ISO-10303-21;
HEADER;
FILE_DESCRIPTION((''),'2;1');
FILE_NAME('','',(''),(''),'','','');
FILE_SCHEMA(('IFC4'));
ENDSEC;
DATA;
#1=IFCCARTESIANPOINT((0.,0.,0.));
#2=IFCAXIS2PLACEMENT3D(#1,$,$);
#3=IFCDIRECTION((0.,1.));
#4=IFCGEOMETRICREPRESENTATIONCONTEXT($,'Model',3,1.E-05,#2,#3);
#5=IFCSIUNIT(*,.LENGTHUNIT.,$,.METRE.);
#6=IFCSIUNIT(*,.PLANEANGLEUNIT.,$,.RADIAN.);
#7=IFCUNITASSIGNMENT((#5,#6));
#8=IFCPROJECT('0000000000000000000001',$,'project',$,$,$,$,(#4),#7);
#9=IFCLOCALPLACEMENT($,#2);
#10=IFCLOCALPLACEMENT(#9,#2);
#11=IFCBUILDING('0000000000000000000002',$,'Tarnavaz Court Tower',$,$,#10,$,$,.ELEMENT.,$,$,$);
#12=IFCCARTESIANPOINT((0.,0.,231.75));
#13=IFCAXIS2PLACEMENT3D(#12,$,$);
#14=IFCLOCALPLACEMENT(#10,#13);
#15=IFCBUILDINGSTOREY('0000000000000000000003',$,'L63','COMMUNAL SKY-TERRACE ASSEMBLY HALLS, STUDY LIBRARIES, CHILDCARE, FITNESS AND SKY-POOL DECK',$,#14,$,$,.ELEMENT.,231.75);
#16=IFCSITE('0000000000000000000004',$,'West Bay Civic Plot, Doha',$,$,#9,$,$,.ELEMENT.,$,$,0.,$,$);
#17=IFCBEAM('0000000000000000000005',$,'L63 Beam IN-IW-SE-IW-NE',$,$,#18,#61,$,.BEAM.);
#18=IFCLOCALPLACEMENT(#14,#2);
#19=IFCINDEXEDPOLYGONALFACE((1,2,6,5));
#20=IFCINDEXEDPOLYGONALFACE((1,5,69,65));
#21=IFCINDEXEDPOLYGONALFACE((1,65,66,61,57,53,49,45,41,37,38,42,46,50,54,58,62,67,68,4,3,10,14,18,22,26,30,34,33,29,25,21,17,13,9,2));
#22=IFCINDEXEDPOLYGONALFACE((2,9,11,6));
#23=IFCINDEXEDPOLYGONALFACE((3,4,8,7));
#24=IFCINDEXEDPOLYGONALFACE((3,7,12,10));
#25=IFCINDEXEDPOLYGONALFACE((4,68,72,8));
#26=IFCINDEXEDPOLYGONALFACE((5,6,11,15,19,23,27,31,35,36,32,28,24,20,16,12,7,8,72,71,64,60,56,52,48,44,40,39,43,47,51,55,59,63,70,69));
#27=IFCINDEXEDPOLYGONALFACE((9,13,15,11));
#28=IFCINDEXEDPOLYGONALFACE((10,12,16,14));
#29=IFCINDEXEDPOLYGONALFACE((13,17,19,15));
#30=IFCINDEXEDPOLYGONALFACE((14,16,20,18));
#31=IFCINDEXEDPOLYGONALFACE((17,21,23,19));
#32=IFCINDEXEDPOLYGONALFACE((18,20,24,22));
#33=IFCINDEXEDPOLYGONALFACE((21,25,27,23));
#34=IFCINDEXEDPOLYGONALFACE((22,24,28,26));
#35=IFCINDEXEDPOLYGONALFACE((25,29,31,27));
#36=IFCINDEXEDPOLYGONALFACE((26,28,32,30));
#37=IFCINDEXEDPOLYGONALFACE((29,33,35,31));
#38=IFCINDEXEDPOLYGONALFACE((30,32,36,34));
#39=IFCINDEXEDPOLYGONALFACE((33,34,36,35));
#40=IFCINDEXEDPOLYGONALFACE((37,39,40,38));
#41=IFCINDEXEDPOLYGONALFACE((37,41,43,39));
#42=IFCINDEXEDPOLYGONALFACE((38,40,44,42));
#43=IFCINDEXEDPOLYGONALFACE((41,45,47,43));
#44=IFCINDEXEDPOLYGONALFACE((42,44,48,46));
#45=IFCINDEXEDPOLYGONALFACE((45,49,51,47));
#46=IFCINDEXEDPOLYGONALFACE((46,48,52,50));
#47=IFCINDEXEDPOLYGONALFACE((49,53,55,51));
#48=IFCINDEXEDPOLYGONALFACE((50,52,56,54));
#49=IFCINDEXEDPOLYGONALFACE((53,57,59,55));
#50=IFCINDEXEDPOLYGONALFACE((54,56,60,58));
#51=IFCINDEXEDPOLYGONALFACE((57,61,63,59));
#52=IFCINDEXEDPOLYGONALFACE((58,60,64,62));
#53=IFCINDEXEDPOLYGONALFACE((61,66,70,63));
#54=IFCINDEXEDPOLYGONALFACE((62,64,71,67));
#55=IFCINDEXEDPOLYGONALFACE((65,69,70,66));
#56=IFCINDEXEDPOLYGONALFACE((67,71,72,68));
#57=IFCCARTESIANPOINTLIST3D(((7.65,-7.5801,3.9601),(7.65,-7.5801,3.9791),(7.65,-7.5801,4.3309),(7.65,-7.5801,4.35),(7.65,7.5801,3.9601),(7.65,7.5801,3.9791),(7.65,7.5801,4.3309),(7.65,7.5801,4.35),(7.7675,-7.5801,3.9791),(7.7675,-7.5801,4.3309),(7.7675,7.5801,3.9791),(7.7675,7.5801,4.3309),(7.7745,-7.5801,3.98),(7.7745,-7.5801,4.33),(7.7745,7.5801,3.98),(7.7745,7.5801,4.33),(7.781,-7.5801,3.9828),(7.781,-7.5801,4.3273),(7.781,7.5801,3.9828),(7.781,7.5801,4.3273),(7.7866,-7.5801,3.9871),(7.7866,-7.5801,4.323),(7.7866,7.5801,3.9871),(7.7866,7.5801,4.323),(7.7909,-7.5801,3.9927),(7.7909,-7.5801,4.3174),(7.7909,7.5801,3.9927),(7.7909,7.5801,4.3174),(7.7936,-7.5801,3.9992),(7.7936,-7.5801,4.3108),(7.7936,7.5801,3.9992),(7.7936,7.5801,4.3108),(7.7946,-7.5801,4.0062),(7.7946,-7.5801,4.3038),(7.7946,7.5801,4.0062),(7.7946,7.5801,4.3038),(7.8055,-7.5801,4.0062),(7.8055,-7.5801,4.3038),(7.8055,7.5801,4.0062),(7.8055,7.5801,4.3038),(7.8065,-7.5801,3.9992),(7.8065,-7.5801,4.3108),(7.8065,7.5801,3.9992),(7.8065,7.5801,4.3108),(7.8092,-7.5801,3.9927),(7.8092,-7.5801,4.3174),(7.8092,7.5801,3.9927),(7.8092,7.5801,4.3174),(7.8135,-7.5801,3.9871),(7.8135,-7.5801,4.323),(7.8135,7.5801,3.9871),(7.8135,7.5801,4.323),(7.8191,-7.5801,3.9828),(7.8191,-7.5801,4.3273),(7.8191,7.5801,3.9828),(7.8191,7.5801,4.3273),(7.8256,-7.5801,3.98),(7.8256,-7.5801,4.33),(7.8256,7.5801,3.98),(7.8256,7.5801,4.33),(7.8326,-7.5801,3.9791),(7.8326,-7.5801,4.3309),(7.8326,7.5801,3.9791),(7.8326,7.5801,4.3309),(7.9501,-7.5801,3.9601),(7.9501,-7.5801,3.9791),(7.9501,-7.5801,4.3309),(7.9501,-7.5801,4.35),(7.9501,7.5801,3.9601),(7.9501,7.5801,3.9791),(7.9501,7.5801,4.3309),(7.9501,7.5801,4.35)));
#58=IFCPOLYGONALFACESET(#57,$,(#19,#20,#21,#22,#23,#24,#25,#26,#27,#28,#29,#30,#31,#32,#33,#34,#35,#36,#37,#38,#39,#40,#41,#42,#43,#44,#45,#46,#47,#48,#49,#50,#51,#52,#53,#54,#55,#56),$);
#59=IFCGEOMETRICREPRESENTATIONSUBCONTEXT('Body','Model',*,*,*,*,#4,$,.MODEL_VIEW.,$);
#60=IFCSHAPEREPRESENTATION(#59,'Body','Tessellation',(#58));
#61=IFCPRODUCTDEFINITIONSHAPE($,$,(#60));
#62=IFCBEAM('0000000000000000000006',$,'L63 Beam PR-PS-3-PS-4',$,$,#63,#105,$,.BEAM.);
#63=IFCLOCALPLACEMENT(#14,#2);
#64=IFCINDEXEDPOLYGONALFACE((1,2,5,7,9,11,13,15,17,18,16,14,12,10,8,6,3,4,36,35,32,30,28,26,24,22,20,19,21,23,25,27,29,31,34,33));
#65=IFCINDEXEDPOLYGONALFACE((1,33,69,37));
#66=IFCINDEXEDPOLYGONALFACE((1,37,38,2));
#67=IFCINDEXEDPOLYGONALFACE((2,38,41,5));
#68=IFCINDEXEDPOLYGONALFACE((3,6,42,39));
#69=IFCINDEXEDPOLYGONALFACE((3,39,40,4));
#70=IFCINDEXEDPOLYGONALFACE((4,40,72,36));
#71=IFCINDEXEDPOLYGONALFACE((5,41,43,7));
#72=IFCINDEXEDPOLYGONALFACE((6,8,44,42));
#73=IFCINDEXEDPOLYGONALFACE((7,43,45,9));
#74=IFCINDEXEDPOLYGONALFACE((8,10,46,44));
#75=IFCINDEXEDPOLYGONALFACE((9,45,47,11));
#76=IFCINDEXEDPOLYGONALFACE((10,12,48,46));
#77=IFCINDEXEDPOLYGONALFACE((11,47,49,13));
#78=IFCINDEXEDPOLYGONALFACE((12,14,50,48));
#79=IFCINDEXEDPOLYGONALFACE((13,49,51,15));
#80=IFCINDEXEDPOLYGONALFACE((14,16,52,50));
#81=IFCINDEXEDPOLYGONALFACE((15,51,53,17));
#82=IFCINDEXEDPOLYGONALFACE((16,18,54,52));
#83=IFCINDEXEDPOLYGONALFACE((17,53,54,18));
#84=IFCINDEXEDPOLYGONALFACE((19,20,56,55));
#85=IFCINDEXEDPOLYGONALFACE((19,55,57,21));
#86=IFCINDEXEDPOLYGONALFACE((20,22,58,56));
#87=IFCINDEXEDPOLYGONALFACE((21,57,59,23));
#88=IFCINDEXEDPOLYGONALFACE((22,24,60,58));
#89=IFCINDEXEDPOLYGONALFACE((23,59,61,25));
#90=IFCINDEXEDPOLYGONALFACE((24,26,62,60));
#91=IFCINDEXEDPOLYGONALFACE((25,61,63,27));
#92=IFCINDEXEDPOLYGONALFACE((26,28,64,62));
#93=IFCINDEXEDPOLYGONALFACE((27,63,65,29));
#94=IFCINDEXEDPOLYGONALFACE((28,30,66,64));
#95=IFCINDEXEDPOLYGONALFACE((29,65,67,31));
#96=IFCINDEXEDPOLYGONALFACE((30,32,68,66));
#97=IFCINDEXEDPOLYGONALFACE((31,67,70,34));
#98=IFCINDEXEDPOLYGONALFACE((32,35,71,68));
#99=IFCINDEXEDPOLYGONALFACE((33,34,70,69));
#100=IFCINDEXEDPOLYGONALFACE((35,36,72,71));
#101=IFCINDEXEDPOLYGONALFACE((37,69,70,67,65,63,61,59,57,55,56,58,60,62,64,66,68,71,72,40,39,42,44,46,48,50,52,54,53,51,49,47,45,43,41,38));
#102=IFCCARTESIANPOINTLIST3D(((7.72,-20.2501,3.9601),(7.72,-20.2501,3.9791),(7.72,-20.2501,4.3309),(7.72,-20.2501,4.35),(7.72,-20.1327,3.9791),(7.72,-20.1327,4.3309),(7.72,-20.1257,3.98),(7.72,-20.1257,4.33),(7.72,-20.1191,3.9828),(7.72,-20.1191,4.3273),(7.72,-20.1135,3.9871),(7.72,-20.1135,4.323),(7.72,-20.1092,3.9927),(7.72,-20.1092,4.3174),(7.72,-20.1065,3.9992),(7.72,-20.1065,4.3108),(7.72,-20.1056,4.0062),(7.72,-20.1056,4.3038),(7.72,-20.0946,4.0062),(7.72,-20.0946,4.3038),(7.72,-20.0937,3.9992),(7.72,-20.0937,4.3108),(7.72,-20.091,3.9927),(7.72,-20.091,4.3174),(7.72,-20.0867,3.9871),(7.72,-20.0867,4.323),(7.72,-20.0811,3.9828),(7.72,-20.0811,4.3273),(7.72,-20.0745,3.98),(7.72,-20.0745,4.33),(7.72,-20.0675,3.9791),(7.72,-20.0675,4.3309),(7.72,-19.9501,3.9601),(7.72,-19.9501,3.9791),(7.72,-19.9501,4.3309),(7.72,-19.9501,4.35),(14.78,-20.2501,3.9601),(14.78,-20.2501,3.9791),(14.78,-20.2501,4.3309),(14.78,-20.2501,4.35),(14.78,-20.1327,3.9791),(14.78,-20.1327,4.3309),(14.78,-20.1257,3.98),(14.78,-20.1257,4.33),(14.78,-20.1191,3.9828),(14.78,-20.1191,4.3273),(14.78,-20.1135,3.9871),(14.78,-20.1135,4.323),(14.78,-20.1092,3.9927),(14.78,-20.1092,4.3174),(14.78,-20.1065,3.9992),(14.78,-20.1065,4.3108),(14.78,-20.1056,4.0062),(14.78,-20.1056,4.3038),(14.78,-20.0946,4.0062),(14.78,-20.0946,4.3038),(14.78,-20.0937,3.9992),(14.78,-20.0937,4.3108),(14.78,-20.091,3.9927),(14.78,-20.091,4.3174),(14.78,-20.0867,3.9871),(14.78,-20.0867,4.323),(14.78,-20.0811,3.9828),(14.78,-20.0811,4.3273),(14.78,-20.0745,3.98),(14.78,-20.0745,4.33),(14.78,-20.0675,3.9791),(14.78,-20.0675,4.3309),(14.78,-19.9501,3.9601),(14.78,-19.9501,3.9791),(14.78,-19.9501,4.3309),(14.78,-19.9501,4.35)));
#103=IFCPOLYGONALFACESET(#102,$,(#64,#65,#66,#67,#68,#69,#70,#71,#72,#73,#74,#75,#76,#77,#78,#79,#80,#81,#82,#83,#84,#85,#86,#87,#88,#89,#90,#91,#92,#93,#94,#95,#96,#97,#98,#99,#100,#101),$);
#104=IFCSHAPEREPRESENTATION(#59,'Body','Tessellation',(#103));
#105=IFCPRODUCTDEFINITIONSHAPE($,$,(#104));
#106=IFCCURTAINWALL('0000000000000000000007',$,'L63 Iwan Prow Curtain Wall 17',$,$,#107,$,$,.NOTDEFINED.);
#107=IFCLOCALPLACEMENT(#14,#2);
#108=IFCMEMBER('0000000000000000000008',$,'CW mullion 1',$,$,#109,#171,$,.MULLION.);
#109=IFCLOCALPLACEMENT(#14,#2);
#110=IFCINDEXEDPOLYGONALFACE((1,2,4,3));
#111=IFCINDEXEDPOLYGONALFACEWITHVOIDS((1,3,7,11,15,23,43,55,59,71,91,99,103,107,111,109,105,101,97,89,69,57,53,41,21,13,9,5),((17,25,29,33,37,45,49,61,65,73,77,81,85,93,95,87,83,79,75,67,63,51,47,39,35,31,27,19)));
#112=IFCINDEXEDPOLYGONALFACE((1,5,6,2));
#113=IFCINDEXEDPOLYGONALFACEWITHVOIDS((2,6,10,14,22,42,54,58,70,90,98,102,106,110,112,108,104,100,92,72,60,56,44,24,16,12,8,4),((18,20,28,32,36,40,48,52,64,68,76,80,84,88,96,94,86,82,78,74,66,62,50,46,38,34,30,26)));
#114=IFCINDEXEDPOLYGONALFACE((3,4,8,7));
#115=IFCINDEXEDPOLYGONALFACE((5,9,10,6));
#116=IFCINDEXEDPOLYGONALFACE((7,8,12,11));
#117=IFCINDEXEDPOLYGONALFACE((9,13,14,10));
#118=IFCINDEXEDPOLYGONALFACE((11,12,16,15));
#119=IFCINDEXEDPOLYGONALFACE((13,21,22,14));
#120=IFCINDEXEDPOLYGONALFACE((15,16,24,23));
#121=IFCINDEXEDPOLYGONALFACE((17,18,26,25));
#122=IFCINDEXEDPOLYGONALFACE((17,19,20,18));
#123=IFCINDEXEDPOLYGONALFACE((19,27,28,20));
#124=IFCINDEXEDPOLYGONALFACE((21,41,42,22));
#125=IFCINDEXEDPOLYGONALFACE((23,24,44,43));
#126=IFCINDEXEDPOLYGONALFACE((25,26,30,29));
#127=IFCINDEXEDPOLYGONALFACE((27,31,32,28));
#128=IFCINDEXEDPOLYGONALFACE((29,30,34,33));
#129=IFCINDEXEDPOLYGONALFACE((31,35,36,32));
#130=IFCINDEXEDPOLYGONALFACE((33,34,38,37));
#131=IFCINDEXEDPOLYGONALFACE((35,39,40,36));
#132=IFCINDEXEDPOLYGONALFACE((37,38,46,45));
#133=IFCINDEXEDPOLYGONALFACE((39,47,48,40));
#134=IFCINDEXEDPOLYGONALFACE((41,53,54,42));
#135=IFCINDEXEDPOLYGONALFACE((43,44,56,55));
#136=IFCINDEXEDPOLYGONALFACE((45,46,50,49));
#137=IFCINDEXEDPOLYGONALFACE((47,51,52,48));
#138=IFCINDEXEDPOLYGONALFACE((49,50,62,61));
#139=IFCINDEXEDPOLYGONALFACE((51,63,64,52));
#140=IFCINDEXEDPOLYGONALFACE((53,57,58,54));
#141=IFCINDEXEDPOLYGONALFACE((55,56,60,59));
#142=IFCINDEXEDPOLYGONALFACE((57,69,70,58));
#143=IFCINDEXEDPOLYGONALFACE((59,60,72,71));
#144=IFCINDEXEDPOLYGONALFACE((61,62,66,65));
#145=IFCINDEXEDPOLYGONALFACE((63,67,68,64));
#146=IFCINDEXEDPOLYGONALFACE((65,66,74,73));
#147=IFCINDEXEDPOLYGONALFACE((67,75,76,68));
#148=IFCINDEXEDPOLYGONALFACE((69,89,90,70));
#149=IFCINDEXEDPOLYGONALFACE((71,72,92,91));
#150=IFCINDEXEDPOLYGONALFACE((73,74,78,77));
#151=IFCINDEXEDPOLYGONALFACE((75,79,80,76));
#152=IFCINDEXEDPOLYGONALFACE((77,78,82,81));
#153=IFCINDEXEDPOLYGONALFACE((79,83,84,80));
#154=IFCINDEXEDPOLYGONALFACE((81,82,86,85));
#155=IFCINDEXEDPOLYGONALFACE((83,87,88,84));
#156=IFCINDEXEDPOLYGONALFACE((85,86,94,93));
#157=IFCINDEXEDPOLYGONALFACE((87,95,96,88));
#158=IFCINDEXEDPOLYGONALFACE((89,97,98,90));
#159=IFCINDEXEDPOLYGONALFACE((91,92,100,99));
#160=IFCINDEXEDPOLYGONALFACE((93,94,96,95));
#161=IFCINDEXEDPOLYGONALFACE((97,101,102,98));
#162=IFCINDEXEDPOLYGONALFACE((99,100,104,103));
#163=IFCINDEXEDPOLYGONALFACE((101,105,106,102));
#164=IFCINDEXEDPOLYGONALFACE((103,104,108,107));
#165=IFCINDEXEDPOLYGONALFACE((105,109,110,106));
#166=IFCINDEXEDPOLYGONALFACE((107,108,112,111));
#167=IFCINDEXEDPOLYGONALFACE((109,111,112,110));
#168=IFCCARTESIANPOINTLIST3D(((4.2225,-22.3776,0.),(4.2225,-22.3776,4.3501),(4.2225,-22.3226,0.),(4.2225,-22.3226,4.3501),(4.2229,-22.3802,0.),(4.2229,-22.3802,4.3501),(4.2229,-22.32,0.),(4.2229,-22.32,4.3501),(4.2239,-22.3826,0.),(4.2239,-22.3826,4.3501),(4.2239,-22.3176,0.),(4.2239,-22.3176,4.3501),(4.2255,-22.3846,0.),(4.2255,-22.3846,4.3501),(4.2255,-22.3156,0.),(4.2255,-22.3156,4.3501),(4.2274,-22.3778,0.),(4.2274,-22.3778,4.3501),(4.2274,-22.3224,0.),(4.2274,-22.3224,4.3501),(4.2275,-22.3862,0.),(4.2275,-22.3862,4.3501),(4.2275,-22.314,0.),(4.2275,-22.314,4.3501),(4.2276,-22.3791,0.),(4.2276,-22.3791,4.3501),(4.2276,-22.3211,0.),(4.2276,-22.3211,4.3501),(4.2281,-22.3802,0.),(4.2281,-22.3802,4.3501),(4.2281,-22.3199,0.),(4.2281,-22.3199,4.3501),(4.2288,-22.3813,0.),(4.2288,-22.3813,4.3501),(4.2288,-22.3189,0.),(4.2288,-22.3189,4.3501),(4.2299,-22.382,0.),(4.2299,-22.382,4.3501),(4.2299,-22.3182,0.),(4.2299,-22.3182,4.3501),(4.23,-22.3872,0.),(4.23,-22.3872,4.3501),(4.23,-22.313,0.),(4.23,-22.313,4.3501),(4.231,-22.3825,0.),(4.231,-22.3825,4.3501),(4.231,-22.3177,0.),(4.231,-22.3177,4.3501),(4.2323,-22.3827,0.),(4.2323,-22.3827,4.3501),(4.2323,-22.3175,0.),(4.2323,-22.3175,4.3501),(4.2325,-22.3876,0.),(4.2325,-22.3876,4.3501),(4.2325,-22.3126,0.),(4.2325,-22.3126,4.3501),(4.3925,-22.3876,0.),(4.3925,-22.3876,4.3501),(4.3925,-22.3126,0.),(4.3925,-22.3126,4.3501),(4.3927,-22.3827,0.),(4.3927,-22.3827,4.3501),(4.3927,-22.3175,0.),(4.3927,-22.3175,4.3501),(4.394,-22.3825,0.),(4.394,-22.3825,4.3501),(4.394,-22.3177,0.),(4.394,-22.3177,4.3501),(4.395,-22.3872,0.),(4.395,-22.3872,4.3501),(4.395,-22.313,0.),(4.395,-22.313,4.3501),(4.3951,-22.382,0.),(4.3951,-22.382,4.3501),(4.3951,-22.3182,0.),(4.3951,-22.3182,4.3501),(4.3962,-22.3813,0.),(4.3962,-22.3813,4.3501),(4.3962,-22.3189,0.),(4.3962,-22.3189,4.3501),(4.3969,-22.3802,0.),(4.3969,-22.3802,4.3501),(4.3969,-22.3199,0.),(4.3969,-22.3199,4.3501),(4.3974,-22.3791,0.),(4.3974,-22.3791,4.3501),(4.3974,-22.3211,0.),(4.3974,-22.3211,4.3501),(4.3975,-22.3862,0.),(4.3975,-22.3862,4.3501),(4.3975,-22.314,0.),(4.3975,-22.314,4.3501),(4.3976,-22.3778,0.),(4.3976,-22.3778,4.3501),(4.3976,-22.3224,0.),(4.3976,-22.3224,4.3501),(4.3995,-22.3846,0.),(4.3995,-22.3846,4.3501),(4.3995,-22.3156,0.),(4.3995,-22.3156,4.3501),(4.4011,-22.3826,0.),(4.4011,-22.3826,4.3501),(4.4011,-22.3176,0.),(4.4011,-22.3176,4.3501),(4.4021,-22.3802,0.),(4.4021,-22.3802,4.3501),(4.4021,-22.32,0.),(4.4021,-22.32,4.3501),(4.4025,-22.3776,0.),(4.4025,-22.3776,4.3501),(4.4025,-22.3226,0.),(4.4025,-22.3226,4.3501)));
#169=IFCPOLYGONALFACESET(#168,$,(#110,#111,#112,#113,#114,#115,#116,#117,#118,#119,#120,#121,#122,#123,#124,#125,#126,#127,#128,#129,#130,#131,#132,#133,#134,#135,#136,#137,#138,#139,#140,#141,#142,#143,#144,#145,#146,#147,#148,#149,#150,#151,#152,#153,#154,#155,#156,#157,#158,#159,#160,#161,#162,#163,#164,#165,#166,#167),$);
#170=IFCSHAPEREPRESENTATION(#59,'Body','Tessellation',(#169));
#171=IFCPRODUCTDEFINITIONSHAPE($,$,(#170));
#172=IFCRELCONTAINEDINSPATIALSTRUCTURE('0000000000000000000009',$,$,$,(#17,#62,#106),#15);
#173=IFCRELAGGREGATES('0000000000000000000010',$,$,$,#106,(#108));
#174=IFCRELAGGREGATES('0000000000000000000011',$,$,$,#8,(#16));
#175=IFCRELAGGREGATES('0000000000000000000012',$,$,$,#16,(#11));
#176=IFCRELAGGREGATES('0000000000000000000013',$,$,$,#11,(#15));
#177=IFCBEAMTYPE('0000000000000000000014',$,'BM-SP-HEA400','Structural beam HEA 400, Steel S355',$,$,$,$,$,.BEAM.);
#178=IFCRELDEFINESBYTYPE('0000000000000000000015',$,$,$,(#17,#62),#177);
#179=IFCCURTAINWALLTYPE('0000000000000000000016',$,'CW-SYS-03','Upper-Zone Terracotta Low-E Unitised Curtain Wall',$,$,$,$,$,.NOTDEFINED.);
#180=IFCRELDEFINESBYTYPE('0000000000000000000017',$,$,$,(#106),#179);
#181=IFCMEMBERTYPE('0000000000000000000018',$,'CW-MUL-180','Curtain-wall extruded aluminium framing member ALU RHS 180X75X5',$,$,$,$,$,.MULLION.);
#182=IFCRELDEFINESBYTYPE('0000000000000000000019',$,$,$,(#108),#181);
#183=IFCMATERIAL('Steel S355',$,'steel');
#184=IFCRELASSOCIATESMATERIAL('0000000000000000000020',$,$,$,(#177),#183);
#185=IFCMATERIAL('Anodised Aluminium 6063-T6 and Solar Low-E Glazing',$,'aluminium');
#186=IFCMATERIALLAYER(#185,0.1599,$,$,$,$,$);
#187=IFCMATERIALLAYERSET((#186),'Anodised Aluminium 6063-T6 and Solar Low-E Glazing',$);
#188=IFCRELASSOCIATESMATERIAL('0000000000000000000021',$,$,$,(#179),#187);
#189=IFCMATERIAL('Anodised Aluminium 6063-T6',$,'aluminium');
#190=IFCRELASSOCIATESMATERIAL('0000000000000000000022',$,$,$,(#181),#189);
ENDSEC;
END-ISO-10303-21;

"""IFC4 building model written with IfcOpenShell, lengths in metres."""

from ifc_helpers import new_model, si_unit, direction, frame, origin, origin_2d, place, context, subcontext, project, spatial, hollow_rectangle, i_section, extrude, material, layer, layer_set, material_profile, profile_set, type_object, element, aggregate, save


model = new_model("IFC4")

# Units and contexts
model_context = context("Model", 3, precision=1e-05, world=origin(), true_north=direction((0.0, 1.0)))
body_context = subcontext(model_context, "Body", "Model", "MODEL_VIEW")
ifc_project = project(units=[si_unit("LENGTHUNIT", "METRE"), si_unit("PLANEANGLEUNIT", "RADIAN")], contexts=[model_context])

# Site, building, storey
site_placement = place(None, origin())
site = spatial("IfcSite", under=ifc_project, at=site_placement, Name="West Bay Civic Plot, Doha", CompositionType="ELEMENT", RefElevation=0.0)
building_placement = place(site_placement, origin())
building = spatial("IfcBuilding", under=site, at=building_placement, Name="Tarnavaz Court Tower", CompositionType="ELEMENT")
storey_placement = place(building_placement, frame((0.0, 0.0, 231.75)))
storey = spatial("IfcBuildingStorey", under=building, at=storey_placement, Name="L63", Description="COMMUNAL SKY-TERRACE ASSEMBLY HALLS, STUDY LIBRARIES, CHILDCARE, FITNESS AND SKY-POOL DECK", CompositionType="ELEMENT", Elevation=231.75)

# Beams
ifc_material_1 = material(Name="Steel S355", Category="steel")
ifc_material_profile_1 = material_profile(ifc_material_1, i_section(OverallWidth=0.3, OverallDepth=0.3899, WebThickness=0.011, FlangeThickness=0.019, FilletRadius=0.0271, at=origin_2d()), Name="HEA 400")
ifc_profile_set_1 = profile_set([ifc_material_profile_1], Name="Steel S355")
beam_type_1 = type_object("IfcBeamType", Name="BM-SP-HEA400", Description="Structural beam HEA 400, Steel S355", PredefinedType="BEAM", material=ifc_profile_set_1)
beam_1_placement = place(storey_placement, frame((7.8, -7.5801, 4.155), z_axis=(0.0, 1.0, 0.0), x_axis=(-1.0, 0.0, 0.0)))
element("IfcBeam", 1, at=beam_1_placement, inside=storey, type_object=beam_type_1, Name="L63 Beam IN-IW-SE-IW-NE", PredefinedType="BEAM", context=body_context, shape_type="SweptSolid", body=[
    extrude(i_section(OverallWidth=0.3, OverallDepth=0.3899, WebThickness=0.011, FlangeThickness=0.019, FilletRadius=0.0271, at=origin_2d()), origin(), (0.0, 0.0, 1.0), 15.1602),
])
beam_2_placement = place(storey_placement, frame((7.72, -20.1001, 4.155), z_axis=(1.0, 0.0, 0.0), x_axis=(0.0, 1.0, 0.0)))
element("IfcBeam", 2, at=beam_2_placement, inside=storey, type_object=beam_type_1, Name="L63 Beam PR-PS-3-PS-4", PredefinedType="BEAM", context=body_context, shape_type="SweptSolid", body=[
    extrude(i_section(OverallWidth=0.3, OverallDepth=0.3899, WebThickness=0.011, FlangeThickness=0.019, FilletRadius=0.0271, at=origin_2d()), origin(), (0.0, 0.0, 1.0), 7.0601),
])

# Curtain wall, member
ifc_material_2 = material(Name="Anodised Aluminium 6063-T6 and Solar Low-E Glazing", Category="aluminium")
ifc_layer_1 = layer(ifc_material_2, 0.1599)
ifc_layer_set_1 = layer_set([ifc_layer_1], Name="Anodised Aluminium 6063-T6 and Solar Low-E Glazing")
curtain_wall_type_1 = type_object("IfcCurtainWallType", Name="CW-SYS-03", Description="Upper-Zone Terracotta Low-E Unitised Curtain Wall", PredefinedType="NOTDEFINED", material=ifc_layer_set_1)
curtain_wall_1_placement = place(storey_placement, origin())
curtain_wall_1 = element("IfcCurtainWall", 3, at=curtain_wall_1_placement, inside=storey, type_object=curtain_wall_type_1, Name="L63 Iwan Prow Curtain Wall 17", PredefinedType="NOTDEFINED")
ifc_material_3 = material(Name="Anodised Aluminium 6063-T6", Category="aluminium")
ifc_material_profile_2 = material_profile(ifc_material_3, hollow_rectangle(XDim=0.075, YDim=0.1799, WallThickness=0.0049, InnerFilletRadius=0.0049, OuterFilletRadius=0.01, at=origin_2d()), Name="ALU RHS 180X75X5")
ifc_profile_set_2 = profile_set([ifc_material_profile_2], Name="Anodised Aluminium 6063-T6")
member_type_1 = type_object("IfcMemberType", Name="CW-MUL-180", Description="Curtain-wall extruded aluminium framing member ALU RHS 180X75X5", PredefinedType="MULLION", material=ifc_profile_set_2)
member_1_placement = place(storey_placement, frame((4.3125, -22.3501, 0.0), z_axis=(0.0, 0.0, 1.0), x_axis=(0.0, -1.0, 0.0)))
member_1 = element("IfcMember", 4, at=member_1_placement, type_object=member_type_1, Name="CW mullion 1", PredefinedType="MULLION", context=body_context, shape_type="SweptSolid", body=[
    extrude(hollow_rectangle(XDim=0.075, YDim=0.1799, WallThickness=0.0049, InnerFilletRadius=0.0049, OuterFilletRadius=0.01, at=origin_2d()), origin(), (0.0, 0.0, 1.0), 4.3501),
])

aggregate(curtain_wall_1, [member_1])

save(model, "model.ifc")
